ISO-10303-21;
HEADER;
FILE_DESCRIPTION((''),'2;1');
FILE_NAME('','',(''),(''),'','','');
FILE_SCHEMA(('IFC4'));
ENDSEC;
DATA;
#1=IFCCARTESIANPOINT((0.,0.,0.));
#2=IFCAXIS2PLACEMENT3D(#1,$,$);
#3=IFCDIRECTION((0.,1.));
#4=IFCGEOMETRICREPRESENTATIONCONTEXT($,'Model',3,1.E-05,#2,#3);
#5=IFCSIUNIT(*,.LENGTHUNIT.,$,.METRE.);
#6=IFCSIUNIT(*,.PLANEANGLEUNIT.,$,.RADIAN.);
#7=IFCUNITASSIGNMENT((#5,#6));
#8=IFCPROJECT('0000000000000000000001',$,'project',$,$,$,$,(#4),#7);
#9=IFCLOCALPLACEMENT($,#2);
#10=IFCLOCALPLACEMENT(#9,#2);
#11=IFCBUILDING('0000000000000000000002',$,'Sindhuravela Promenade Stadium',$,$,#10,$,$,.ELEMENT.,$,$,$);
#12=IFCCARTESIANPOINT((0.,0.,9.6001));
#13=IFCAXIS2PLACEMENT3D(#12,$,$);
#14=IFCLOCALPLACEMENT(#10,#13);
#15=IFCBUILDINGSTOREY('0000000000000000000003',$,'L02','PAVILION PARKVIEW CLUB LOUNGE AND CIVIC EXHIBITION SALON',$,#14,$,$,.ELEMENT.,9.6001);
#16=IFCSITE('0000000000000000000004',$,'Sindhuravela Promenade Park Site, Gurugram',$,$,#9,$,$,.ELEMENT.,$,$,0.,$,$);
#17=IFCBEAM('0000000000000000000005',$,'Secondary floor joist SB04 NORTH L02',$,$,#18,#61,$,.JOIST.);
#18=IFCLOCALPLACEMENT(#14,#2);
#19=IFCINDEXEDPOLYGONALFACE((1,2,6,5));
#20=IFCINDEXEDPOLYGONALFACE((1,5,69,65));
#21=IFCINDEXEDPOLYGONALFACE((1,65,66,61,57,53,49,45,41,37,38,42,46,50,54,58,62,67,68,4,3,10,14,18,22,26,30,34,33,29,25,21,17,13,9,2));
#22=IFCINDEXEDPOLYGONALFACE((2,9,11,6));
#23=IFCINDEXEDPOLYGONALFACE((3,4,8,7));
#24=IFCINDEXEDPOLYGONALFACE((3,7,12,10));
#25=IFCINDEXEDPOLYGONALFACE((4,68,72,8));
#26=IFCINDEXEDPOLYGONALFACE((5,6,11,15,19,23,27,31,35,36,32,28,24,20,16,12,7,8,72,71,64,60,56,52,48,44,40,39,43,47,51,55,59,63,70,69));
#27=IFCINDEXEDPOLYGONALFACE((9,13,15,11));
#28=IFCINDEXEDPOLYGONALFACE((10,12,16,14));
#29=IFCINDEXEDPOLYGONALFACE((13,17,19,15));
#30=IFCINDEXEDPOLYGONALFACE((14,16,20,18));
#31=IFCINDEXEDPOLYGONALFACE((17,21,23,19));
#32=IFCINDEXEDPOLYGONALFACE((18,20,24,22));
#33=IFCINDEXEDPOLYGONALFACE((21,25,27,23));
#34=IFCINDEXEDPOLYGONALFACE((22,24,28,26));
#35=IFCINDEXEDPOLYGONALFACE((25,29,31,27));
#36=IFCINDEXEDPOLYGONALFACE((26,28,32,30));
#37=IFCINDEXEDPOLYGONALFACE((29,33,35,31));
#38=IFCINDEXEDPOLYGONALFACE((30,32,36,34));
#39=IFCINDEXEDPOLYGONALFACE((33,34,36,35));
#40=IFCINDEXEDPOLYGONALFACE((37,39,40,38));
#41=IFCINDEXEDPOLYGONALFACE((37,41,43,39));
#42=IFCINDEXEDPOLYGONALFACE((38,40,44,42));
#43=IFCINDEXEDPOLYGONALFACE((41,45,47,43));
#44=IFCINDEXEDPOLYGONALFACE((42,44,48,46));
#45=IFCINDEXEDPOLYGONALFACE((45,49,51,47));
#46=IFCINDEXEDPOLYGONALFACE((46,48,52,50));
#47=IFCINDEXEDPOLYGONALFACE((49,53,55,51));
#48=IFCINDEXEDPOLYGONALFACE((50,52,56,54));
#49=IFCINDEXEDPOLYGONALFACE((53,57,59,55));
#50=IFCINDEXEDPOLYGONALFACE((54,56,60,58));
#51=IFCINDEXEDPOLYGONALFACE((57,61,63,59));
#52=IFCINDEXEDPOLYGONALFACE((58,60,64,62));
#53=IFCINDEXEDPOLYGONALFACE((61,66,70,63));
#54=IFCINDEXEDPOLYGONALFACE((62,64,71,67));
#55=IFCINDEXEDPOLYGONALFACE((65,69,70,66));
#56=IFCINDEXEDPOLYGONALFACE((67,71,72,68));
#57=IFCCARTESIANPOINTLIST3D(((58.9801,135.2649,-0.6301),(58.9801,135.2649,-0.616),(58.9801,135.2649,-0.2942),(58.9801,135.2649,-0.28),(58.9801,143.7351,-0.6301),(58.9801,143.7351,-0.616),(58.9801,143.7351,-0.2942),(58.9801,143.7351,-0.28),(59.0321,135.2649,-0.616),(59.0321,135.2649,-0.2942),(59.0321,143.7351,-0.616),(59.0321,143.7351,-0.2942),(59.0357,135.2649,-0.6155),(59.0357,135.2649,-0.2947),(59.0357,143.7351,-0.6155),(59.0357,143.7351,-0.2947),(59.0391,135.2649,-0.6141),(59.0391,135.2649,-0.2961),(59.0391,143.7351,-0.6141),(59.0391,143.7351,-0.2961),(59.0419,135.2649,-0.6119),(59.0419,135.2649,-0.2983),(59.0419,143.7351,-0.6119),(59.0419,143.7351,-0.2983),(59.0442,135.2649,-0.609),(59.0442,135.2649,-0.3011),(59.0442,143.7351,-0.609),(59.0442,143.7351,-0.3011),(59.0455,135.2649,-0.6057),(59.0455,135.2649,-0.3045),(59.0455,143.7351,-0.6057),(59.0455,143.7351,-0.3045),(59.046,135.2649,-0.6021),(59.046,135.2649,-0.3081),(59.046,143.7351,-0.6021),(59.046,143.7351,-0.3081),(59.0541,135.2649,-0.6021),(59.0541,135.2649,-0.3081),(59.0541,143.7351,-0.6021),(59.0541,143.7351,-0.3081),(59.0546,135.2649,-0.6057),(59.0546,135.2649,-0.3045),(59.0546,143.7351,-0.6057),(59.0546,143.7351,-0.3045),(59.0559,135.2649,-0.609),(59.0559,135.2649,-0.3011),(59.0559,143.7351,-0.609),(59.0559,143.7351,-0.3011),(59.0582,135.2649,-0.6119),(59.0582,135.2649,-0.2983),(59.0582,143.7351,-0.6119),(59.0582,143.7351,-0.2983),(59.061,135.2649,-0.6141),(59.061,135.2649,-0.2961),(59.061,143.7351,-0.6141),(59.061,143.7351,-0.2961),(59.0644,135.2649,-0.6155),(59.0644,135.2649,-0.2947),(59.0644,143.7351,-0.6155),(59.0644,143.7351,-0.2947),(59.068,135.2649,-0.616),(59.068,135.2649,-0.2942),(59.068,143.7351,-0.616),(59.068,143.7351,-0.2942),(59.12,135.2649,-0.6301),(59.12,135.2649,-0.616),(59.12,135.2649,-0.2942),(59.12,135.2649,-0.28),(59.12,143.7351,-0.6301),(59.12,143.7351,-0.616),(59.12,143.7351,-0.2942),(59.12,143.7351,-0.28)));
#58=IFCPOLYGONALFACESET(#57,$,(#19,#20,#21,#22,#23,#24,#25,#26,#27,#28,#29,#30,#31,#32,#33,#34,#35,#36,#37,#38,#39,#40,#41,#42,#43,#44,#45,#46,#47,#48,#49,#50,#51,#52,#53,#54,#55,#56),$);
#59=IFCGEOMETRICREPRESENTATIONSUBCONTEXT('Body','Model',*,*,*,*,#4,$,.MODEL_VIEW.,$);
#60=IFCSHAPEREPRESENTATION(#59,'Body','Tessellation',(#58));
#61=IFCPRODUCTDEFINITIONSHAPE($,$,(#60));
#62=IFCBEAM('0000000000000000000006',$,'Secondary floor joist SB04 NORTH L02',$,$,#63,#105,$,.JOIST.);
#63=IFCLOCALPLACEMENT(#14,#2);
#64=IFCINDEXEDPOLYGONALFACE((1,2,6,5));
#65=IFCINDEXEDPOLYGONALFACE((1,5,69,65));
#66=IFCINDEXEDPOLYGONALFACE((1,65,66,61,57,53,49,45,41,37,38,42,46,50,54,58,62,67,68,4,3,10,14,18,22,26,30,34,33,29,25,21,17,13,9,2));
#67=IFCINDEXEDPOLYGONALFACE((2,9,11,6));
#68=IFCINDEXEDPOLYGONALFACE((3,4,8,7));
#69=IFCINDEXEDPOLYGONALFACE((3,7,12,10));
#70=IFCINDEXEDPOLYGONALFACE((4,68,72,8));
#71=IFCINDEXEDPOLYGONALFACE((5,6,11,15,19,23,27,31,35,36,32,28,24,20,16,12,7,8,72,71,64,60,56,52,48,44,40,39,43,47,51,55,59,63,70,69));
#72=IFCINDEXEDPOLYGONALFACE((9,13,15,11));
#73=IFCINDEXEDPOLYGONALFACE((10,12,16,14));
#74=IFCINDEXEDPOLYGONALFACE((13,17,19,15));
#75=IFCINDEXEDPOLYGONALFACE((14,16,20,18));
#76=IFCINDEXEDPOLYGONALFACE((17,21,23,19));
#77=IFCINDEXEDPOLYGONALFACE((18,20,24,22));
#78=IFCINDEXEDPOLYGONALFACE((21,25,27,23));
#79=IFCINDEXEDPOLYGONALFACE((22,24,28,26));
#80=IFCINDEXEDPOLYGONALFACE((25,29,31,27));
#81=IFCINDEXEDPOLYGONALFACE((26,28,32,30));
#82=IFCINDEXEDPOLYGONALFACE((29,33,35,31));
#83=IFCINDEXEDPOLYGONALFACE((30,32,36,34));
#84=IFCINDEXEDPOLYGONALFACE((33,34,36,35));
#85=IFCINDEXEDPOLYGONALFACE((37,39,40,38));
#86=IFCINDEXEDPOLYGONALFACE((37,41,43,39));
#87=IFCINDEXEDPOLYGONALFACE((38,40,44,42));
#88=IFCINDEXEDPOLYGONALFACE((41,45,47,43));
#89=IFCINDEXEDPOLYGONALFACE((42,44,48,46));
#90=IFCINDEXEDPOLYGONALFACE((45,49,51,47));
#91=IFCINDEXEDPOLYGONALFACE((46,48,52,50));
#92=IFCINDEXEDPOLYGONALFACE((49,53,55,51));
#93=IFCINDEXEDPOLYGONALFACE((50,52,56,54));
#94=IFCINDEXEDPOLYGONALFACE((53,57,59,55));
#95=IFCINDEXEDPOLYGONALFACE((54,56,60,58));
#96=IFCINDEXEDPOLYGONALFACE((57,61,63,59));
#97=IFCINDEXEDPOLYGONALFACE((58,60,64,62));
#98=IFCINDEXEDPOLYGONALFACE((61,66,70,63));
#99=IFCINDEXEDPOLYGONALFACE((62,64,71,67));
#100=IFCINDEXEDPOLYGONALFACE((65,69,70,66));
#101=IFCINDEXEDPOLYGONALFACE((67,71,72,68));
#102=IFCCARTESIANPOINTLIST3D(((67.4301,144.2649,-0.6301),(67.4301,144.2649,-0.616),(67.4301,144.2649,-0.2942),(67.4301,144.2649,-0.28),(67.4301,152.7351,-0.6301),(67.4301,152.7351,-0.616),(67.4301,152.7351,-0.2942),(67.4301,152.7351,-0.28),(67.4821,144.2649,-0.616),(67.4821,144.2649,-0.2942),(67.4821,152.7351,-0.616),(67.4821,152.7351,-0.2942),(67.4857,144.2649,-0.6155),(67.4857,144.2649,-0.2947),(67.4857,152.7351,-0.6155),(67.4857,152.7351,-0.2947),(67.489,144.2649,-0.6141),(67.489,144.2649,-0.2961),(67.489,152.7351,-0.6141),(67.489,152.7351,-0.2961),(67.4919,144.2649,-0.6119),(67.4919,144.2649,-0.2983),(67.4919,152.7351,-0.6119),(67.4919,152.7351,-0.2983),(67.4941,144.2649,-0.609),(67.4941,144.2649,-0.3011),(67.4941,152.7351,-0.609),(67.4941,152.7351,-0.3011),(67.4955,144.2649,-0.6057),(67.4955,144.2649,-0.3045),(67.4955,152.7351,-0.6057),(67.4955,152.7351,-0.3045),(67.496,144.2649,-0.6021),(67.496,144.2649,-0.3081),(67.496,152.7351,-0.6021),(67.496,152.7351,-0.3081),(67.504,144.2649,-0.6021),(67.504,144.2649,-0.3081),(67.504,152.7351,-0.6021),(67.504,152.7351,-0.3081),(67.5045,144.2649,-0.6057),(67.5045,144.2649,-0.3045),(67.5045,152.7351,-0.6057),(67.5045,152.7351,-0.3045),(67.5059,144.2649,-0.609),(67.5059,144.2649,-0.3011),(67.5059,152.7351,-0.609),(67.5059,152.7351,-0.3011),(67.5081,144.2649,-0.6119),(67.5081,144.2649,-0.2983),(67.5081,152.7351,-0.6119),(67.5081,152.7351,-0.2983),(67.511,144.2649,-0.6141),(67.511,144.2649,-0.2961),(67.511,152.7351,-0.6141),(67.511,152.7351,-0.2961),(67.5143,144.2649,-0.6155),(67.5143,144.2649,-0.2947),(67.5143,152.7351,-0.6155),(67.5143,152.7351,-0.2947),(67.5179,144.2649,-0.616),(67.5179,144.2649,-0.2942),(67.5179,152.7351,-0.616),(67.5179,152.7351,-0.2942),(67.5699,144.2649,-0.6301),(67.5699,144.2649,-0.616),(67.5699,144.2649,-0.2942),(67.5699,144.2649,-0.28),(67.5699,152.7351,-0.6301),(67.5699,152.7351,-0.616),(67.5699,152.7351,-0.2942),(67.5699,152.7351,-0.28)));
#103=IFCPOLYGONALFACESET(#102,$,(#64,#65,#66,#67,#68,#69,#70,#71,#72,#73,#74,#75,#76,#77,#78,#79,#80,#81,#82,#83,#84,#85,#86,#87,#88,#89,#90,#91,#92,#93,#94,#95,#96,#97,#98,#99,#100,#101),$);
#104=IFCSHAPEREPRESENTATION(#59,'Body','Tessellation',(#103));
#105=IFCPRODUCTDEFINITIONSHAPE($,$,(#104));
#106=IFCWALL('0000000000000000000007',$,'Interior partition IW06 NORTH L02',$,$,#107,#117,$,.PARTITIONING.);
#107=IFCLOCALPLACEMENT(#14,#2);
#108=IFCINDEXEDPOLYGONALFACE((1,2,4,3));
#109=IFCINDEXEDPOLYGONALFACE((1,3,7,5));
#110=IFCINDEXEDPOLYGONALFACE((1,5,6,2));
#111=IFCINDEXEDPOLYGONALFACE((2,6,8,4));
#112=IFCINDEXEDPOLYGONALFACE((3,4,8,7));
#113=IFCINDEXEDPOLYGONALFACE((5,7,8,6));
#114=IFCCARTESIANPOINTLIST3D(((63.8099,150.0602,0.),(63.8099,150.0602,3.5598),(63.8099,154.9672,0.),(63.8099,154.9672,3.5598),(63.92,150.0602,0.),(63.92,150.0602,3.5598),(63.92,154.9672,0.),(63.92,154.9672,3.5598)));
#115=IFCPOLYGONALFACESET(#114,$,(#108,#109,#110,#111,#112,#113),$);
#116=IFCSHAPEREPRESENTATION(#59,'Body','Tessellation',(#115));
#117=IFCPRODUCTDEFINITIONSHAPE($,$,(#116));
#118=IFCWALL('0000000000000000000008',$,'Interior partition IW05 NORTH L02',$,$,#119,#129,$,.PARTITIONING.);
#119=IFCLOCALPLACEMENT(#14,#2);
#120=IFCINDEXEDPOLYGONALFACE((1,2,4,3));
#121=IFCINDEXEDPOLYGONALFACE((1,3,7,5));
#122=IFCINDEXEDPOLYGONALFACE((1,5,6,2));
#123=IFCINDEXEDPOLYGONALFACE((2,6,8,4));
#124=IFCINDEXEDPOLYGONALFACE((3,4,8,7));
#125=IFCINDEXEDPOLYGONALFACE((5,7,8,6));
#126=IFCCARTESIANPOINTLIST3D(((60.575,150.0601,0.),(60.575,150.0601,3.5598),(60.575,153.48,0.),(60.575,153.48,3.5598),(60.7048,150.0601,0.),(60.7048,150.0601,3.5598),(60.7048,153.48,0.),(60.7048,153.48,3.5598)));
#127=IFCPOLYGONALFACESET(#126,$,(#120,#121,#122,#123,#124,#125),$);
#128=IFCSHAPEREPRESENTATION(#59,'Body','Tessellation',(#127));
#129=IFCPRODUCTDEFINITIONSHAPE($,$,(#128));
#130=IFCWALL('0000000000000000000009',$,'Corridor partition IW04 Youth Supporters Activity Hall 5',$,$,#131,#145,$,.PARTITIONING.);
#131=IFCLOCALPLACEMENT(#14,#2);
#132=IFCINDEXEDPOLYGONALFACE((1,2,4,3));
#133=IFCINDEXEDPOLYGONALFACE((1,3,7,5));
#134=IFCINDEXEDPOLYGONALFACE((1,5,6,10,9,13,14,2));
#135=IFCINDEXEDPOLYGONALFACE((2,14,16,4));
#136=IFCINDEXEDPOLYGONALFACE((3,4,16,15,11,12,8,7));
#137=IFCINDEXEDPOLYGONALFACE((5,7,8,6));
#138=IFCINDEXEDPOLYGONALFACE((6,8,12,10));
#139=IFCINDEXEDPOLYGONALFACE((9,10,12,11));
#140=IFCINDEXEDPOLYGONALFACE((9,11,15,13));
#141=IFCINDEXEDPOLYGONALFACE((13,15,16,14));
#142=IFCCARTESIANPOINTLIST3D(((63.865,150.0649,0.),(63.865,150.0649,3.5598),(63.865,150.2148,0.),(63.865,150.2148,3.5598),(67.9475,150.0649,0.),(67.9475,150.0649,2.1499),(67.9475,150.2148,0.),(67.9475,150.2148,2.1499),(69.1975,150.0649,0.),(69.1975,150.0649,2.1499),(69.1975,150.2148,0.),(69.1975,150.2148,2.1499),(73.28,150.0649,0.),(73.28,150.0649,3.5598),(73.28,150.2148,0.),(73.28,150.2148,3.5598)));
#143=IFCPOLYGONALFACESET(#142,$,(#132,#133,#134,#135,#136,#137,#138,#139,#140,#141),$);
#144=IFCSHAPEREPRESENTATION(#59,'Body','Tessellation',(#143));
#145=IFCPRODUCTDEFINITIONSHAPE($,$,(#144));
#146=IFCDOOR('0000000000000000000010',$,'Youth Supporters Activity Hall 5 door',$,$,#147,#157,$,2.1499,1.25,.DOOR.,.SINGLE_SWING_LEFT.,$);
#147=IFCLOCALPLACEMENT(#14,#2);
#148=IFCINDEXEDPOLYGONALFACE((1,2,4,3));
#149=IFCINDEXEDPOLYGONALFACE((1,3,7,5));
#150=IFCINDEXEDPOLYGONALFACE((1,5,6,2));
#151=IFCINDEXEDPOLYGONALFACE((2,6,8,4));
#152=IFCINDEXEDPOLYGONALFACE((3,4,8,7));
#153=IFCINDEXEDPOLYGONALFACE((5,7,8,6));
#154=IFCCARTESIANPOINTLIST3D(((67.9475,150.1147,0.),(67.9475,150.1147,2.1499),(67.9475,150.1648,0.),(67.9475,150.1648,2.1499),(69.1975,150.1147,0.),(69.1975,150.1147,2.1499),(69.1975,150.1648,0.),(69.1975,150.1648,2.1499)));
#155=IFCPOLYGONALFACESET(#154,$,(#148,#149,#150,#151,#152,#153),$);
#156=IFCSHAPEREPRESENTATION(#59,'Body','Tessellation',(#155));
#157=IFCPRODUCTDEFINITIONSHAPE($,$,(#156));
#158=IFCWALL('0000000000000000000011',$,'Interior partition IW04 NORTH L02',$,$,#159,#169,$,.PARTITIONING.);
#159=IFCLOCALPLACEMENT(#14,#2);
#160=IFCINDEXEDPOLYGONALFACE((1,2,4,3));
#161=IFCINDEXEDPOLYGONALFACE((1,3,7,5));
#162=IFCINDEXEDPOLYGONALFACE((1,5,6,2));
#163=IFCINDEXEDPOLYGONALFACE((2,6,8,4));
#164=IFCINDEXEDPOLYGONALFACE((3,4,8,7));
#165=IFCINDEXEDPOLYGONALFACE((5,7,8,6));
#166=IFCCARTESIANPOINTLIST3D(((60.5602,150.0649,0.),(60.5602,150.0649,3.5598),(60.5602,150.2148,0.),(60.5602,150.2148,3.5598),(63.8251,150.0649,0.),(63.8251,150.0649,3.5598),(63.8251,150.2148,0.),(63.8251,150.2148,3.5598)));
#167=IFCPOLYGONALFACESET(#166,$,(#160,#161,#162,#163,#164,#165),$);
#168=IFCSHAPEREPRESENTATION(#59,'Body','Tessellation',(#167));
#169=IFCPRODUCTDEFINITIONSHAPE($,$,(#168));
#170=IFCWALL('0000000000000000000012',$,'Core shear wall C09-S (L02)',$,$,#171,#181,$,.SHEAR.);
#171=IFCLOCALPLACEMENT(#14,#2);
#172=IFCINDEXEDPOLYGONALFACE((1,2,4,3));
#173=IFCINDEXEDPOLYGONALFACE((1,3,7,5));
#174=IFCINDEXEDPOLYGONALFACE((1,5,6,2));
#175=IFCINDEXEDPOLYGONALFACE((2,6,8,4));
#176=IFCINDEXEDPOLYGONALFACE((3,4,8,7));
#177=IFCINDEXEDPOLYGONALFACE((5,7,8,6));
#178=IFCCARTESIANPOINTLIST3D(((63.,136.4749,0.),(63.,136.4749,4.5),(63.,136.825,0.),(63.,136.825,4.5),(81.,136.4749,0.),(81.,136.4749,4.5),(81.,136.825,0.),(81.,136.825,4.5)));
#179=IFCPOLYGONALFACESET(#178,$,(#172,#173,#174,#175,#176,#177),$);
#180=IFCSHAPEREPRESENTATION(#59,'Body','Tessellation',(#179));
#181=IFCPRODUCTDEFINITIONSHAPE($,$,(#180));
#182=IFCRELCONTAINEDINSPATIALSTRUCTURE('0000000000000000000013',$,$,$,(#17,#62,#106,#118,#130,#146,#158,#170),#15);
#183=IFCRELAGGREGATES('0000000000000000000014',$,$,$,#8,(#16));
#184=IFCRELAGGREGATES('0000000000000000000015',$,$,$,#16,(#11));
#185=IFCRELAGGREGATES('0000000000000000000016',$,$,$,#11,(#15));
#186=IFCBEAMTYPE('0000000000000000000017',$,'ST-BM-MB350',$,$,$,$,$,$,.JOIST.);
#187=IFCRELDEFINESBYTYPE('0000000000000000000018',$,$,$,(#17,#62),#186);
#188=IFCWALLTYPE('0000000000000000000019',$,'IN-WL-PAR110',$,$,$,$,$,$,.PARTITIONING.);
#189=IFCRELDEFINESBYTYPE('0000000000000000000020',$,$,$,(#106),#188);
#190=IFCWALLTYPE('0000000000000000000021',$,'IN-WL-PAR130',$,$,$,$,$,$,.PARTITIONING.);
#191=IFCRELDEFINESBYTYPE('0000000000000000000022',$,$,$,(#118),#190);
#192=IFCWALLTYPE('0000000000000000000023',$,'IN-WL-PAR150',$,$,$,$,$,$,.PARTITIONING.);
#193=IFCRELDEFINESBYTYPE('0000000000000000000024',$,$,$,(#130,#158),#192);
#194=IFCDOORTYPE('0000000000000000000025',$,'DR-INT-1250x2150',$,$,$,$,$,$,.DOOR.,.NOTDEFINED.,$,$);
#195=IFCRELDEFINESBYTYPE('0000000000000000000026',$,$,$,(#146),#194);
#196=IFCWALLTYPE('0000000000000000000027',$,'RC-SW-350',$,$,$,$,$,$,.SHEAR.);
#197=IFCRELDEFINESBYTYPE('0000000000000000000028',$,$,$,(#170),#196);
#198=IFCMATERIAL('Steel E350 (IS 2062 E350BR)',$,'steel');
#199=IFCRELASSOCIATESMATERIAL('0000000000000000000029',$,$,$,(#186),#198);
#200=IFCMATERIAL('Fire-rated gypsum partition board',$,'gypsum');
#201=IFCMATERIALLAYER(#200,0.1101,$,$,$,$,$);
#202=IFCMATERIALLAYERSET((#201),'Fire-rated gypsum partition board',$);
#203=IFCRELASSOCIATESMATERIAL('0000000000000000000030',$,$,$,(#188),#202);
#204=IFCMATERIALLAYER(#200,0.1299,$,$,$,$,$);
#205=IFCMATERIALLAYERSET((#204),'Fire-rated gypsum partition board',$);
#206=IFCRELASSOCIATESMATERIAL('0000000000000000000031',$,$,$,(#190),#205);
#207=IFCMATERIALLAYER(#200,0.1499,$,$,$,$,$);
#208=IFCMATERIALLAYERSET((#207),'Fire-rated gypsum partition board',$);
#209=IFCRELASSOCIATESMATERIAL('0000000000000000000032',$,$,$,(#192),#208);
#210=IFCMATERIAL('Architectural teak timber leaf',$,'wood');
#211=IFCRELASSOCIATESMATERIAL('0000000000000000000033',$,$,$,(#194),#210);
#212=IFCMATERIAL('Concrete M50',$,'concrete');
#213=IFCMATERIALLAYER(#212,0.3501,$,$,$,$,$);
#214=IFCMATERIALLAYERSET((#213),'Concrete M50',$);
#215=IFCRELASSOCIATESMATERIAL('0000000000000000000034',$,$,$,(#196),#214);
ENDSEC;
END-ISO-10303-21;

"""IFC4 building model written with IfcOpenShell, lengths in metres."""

from ifc_helpers import new_model, si_unit, direction, frame, frame_2d, origin, origin_2d, place, context, subcontext, project, spatial, rectangle, i_section, extrude, material, layer, layer_set, material_profile, profile_set, type_object, element, fill, save


model = new_model("IFC4")

# Units and contexts
model_context = context("Model", 3, precision=1e-05, world=origin(), true_north=direction((0.0, 1.0)))
body_context = subcontext(model_context, "Body", "Model", "MODEL_VIEW")
ifc_project = project(units=[si_unit("LENGTHUNIT", "METRE"), si_unit("PLANEANGLEUNIT", "RADIAN")], contexts=[model_context])

# Site, building, storey
site_placement = place(None, origin())
site = spatial("IfcSite", under=ifc_project, at=site_placement, Name="Sindhuravela Promenade Park Site, Gurugram", CompositionType="ELEMENT", RefElevation=0.0)
building_placement = place(site_placement, origin())
building = spatial("IfcBuilding", under=site, at=building_placement, Name="Sindhuravela Promenade Stadium", CompositionType="ELEMENT")
storey_placement = place(building_placement, frame((0.0, 0.0, 9.6001)))
storey = spatial("IfcBuildingStorey", under=building, at=storey_placement, Name="L02", Description="PAVILION PARKVIEW CLUB LOUNGE AND CIVIC EXHIBITION SALON", CompositionType="ELEMENT", Elevation=9.6001)

# Beams
ifc_material_1 = material(Name="Steel E350 (IS 2062 E350BR)", Category="steel")
ifc_material_profile_1 = material_profile(ifc_material_1, i_section(OverallWidth=0.1399, OverallDepth=0.3501, WebThickness=0.0081, FlangeThickness=0.0142, FilletRadius=0.0139, at=origin_2d()), Name="ISMB 350")
ifc_profile_set_1 = profile_set([ifc_material_profile_1], Name="Steel E350 (IS 2062 E350BR)")
beam_type_1 = type_object("IfcBeamType", Name="ST-BM-MB350", PredefinedType="JOIST", material=ifc_profile_set_1)
for number, where, z_axis, x_axis, name in (
    (1, (59.05, 135.2649, -0.4551), (0.0, 1.0, 0.0), (-1.0, 0.0, 0.0), "Secondary floor joist SB04 NORTH L02"),
    (2, (67.5, 144.2649, -0.4551), (0.0, 1.0, 0.0), (-1.0, 0.0, 0.0), "Secondary floor joist SB04 NORTH L02"),
):
    element("IfcBeam", number, at=place(storey_placement, frame(where, z_axis=z_axis, x_axis=x_axis)), inside=storey, type_object=beam_type_1, Name=name, PredefinedType="JOIST", context=body_context, shape_type="SweptSolid", body=[
        extrude(i_section(OverallWidth=0.1399, OverallDepth=0.3501, WebThickness=0.0081, FlangeThickness=0.0142, FilletRadius=0.0139, at=origin_2d()), origin(), (0.0, 0.0, 1.0), 8.4702),
    ])

# Walls
ifc_material_2 = material(Name="Fire-rated gypsum partition board", Category="gypsum")
ifc_layer_1 = layer(ifc_material_2, 0.1101)
ifc_layer_set_1 = layer_set([ifc_layer_1], Name="Fire-rated gypsum partition board")
wall_type_1 = type_object("IfcWallType", Name="IN-WL-PAR110", PredefinedType="PARTITIONING", material=ifc_layer_set_1)
wall_1_placement = place(storey_placement, frame((63.865, 150.0601, 0.0), z_axis=(0.0, 0.0, 1.0), x_axis=(0.0, 1.0, 0.0)))
element("IfcWall", 3, at=wall_1_placement, inside=storey, type_object=wall_type_1, Name="Interior partition IW06 NORTH L02", PredefinedType="PARTITIONING", context=body_context, shape_type="SweptSolid", body=[
    extrude(rectangle(XDim=4.907, YDim=0.1101, at=frame_2d((2.4536, 0.0))), origin(), (0.0, 0.0, 1.0), 3.5598),
])
ifc_layer_2 = layer(ifc_material_2, 0.1299)
ifc_layer_set_2 = layer_set([ifc_layer_2], Name="Fire-rated gypsum partition board")
wall_type_2 = type_object("IfcWallType", Name="IN-WL-PAR130", PredefinedType="PARTITIONING", material=ifc_layer_set_2)
wall_2_placement = place(storey_placement, frame((60.6399, 150.0601, 0.0), z_axis=(0.0, 0.0, 1.0), x_axis=(0.0, 1.0, 0.0)))
element("IfcWall", 4, at=wall_2_placement, inside=storey, type_object=wall_type_2, Name="Interior partition IW05 NORTH L02", PredefinedType="PARTITIONING", context=body_context, shape_type="SweptSolid", body=[
    extrude(rectangle(XDim=3.4199, YDim=0.1299, at=frame_2d((1.71, 0.0))), origin(), (0.0, 0.0, 1.0), 3.5598),
])

# Wall, opening, door
ifc_layer_3 = layer(ifc_material_2, 0.1499)
ifc_layer_set_3 = layer_set([ifc_layer_3], Name="Fire-rated gypsum partition board")
wall_type_3 = type_object("IfcWallType", Name="IN-WL-PAR150", PredefinedType="PARTITIONING", material=ifc_layer_set_3)
wall_3_placement = place(storey_placement, frame((63.865, 150.1399, 0.0), z_axis=(0.0, 0.0, 1.0), x_axis=(1.0, 0.0, 0.0)))
wall_3 = element("IfcWall", 5, at=wall_3_placement, inside=storey, type_object=wall_type_3, Name="Corridor partition IW04 Youth Supporters Activity Hall 5", PredefinedType="PARTITIONING", context=body_context, shape_type="SweptSolid", body=[
    extrude(rectangle(XDim=9.415, YDim=0.1499, at=frame_2d((4.7075, 0.0))), origin(), (0.0, 0.0, 1.0), 3.5598),
])
opening_placement = place(wall_3_placement, frame((4.0825, 0.0, 0.0)))
opening = element("IfcOpeningElement", 6, at=opening_placement, cuts=wall_3, PredefinedType="OPENING", context=body_context, shape_type="SweptSolid", body=[
    extrude(rectangle(XDim=1.25, YDim=2.1499, at=frame_2d((0.625, 1.075))), frame((0.0, 0.085, 0.0), z_axis=(0.0, -1.0, 0.0), x_axis=(1.0, 0.0, 0.0)), (0.0, 0.0, 1.0), 0.1699),
])
ifc_material_3 = material(Name="Architectural teak timber leaf", Category="wood")
door_type = type_object("IfcDoorType", Name="DR-INT-1250x2150", OperationType="NOTDEFINED", PredefinedType="DOOR", material=ifc_material_3)
door_placement = place(opening_placement, origin())
door = element("IfcDoor", 7, at=door_placement, inside=storey, type_object=door_type, Name="Youth Supporters Activity Hall 5 door", OperationType="SINGLE_SWING_LEFT", OverallHeight=2.1499, OverallWidth=1.25, PredefinedType="DOOR", context=body_context, shape_type="SweptSolid", body=[
    extrude(rectangle(XDim=1.25, YDim=2.1499, at=frame_2d((0.625, 1.075))), frame((0.0, 0.0249, 0.0), z_axis=(0.0, -1.0, 0.0), x_axis=(1.0, 0.0, 0.0)), (0.0, 0.0, 1.0), 0.05),
])
fill(opening, door)

# Walls
wall_4_placement = place(storey_placement, frame((63.825, 150.1399, 0.0), z_axis=(0.0, 0.0, 1.0), x_axis=(-1.0, 0.0, 0.0)))
element("IfcWall", 8, at=wall_4_placement, inside=storey, type_object=wall_type_3, Name="Interior partition IW04 NORTH L02", PredefinedType="PARTITIONING", context=body_context, shape_type="SweptSolid", body=[
    extrude(rectangle(XDim=3.2649, YDim=0.1499, at=frame_2d((1.6323, 0.0))), origin(), (0.0, 0.0, 1.0), 3.5598),
])
ifc_material_4 = material(Name="Concrete M50", Category="concrete")
ifc_layer_4 = layer(ifc_material_4, 0.3501)
ifc_layer_set_4 = layer_set([ifc_layer_4], Name="Concrete M50")
wall_type_4 = type_object("IfcWallType", Name="RC-SW-350", PredefinedType="SHEAR", material=ifc_layer_set_4)
wall_5_placement = place(storey_placement, frame((63.0, 136.6499, 0.0), z_axis=(0.0, 0.0, 1.0), x_axis=(1.0, 0.0, 0.0)))
element("IfcWall", 9, at=wall_5_placement, inside=storey, type_object=wall_type_4, Name="Core shear wall C09-S (L02)", PredefinedType="SHEAR", context=body_context, shape_type="SweptSolid", body=[
    extrude(rectangle(XDim=18.0, YDim=0.3501, at=frame_2d((9.0, 0.0))), origin(), (0.0, 0.0, 1.0), 4.5),
])

save(model, "model.ifc")
